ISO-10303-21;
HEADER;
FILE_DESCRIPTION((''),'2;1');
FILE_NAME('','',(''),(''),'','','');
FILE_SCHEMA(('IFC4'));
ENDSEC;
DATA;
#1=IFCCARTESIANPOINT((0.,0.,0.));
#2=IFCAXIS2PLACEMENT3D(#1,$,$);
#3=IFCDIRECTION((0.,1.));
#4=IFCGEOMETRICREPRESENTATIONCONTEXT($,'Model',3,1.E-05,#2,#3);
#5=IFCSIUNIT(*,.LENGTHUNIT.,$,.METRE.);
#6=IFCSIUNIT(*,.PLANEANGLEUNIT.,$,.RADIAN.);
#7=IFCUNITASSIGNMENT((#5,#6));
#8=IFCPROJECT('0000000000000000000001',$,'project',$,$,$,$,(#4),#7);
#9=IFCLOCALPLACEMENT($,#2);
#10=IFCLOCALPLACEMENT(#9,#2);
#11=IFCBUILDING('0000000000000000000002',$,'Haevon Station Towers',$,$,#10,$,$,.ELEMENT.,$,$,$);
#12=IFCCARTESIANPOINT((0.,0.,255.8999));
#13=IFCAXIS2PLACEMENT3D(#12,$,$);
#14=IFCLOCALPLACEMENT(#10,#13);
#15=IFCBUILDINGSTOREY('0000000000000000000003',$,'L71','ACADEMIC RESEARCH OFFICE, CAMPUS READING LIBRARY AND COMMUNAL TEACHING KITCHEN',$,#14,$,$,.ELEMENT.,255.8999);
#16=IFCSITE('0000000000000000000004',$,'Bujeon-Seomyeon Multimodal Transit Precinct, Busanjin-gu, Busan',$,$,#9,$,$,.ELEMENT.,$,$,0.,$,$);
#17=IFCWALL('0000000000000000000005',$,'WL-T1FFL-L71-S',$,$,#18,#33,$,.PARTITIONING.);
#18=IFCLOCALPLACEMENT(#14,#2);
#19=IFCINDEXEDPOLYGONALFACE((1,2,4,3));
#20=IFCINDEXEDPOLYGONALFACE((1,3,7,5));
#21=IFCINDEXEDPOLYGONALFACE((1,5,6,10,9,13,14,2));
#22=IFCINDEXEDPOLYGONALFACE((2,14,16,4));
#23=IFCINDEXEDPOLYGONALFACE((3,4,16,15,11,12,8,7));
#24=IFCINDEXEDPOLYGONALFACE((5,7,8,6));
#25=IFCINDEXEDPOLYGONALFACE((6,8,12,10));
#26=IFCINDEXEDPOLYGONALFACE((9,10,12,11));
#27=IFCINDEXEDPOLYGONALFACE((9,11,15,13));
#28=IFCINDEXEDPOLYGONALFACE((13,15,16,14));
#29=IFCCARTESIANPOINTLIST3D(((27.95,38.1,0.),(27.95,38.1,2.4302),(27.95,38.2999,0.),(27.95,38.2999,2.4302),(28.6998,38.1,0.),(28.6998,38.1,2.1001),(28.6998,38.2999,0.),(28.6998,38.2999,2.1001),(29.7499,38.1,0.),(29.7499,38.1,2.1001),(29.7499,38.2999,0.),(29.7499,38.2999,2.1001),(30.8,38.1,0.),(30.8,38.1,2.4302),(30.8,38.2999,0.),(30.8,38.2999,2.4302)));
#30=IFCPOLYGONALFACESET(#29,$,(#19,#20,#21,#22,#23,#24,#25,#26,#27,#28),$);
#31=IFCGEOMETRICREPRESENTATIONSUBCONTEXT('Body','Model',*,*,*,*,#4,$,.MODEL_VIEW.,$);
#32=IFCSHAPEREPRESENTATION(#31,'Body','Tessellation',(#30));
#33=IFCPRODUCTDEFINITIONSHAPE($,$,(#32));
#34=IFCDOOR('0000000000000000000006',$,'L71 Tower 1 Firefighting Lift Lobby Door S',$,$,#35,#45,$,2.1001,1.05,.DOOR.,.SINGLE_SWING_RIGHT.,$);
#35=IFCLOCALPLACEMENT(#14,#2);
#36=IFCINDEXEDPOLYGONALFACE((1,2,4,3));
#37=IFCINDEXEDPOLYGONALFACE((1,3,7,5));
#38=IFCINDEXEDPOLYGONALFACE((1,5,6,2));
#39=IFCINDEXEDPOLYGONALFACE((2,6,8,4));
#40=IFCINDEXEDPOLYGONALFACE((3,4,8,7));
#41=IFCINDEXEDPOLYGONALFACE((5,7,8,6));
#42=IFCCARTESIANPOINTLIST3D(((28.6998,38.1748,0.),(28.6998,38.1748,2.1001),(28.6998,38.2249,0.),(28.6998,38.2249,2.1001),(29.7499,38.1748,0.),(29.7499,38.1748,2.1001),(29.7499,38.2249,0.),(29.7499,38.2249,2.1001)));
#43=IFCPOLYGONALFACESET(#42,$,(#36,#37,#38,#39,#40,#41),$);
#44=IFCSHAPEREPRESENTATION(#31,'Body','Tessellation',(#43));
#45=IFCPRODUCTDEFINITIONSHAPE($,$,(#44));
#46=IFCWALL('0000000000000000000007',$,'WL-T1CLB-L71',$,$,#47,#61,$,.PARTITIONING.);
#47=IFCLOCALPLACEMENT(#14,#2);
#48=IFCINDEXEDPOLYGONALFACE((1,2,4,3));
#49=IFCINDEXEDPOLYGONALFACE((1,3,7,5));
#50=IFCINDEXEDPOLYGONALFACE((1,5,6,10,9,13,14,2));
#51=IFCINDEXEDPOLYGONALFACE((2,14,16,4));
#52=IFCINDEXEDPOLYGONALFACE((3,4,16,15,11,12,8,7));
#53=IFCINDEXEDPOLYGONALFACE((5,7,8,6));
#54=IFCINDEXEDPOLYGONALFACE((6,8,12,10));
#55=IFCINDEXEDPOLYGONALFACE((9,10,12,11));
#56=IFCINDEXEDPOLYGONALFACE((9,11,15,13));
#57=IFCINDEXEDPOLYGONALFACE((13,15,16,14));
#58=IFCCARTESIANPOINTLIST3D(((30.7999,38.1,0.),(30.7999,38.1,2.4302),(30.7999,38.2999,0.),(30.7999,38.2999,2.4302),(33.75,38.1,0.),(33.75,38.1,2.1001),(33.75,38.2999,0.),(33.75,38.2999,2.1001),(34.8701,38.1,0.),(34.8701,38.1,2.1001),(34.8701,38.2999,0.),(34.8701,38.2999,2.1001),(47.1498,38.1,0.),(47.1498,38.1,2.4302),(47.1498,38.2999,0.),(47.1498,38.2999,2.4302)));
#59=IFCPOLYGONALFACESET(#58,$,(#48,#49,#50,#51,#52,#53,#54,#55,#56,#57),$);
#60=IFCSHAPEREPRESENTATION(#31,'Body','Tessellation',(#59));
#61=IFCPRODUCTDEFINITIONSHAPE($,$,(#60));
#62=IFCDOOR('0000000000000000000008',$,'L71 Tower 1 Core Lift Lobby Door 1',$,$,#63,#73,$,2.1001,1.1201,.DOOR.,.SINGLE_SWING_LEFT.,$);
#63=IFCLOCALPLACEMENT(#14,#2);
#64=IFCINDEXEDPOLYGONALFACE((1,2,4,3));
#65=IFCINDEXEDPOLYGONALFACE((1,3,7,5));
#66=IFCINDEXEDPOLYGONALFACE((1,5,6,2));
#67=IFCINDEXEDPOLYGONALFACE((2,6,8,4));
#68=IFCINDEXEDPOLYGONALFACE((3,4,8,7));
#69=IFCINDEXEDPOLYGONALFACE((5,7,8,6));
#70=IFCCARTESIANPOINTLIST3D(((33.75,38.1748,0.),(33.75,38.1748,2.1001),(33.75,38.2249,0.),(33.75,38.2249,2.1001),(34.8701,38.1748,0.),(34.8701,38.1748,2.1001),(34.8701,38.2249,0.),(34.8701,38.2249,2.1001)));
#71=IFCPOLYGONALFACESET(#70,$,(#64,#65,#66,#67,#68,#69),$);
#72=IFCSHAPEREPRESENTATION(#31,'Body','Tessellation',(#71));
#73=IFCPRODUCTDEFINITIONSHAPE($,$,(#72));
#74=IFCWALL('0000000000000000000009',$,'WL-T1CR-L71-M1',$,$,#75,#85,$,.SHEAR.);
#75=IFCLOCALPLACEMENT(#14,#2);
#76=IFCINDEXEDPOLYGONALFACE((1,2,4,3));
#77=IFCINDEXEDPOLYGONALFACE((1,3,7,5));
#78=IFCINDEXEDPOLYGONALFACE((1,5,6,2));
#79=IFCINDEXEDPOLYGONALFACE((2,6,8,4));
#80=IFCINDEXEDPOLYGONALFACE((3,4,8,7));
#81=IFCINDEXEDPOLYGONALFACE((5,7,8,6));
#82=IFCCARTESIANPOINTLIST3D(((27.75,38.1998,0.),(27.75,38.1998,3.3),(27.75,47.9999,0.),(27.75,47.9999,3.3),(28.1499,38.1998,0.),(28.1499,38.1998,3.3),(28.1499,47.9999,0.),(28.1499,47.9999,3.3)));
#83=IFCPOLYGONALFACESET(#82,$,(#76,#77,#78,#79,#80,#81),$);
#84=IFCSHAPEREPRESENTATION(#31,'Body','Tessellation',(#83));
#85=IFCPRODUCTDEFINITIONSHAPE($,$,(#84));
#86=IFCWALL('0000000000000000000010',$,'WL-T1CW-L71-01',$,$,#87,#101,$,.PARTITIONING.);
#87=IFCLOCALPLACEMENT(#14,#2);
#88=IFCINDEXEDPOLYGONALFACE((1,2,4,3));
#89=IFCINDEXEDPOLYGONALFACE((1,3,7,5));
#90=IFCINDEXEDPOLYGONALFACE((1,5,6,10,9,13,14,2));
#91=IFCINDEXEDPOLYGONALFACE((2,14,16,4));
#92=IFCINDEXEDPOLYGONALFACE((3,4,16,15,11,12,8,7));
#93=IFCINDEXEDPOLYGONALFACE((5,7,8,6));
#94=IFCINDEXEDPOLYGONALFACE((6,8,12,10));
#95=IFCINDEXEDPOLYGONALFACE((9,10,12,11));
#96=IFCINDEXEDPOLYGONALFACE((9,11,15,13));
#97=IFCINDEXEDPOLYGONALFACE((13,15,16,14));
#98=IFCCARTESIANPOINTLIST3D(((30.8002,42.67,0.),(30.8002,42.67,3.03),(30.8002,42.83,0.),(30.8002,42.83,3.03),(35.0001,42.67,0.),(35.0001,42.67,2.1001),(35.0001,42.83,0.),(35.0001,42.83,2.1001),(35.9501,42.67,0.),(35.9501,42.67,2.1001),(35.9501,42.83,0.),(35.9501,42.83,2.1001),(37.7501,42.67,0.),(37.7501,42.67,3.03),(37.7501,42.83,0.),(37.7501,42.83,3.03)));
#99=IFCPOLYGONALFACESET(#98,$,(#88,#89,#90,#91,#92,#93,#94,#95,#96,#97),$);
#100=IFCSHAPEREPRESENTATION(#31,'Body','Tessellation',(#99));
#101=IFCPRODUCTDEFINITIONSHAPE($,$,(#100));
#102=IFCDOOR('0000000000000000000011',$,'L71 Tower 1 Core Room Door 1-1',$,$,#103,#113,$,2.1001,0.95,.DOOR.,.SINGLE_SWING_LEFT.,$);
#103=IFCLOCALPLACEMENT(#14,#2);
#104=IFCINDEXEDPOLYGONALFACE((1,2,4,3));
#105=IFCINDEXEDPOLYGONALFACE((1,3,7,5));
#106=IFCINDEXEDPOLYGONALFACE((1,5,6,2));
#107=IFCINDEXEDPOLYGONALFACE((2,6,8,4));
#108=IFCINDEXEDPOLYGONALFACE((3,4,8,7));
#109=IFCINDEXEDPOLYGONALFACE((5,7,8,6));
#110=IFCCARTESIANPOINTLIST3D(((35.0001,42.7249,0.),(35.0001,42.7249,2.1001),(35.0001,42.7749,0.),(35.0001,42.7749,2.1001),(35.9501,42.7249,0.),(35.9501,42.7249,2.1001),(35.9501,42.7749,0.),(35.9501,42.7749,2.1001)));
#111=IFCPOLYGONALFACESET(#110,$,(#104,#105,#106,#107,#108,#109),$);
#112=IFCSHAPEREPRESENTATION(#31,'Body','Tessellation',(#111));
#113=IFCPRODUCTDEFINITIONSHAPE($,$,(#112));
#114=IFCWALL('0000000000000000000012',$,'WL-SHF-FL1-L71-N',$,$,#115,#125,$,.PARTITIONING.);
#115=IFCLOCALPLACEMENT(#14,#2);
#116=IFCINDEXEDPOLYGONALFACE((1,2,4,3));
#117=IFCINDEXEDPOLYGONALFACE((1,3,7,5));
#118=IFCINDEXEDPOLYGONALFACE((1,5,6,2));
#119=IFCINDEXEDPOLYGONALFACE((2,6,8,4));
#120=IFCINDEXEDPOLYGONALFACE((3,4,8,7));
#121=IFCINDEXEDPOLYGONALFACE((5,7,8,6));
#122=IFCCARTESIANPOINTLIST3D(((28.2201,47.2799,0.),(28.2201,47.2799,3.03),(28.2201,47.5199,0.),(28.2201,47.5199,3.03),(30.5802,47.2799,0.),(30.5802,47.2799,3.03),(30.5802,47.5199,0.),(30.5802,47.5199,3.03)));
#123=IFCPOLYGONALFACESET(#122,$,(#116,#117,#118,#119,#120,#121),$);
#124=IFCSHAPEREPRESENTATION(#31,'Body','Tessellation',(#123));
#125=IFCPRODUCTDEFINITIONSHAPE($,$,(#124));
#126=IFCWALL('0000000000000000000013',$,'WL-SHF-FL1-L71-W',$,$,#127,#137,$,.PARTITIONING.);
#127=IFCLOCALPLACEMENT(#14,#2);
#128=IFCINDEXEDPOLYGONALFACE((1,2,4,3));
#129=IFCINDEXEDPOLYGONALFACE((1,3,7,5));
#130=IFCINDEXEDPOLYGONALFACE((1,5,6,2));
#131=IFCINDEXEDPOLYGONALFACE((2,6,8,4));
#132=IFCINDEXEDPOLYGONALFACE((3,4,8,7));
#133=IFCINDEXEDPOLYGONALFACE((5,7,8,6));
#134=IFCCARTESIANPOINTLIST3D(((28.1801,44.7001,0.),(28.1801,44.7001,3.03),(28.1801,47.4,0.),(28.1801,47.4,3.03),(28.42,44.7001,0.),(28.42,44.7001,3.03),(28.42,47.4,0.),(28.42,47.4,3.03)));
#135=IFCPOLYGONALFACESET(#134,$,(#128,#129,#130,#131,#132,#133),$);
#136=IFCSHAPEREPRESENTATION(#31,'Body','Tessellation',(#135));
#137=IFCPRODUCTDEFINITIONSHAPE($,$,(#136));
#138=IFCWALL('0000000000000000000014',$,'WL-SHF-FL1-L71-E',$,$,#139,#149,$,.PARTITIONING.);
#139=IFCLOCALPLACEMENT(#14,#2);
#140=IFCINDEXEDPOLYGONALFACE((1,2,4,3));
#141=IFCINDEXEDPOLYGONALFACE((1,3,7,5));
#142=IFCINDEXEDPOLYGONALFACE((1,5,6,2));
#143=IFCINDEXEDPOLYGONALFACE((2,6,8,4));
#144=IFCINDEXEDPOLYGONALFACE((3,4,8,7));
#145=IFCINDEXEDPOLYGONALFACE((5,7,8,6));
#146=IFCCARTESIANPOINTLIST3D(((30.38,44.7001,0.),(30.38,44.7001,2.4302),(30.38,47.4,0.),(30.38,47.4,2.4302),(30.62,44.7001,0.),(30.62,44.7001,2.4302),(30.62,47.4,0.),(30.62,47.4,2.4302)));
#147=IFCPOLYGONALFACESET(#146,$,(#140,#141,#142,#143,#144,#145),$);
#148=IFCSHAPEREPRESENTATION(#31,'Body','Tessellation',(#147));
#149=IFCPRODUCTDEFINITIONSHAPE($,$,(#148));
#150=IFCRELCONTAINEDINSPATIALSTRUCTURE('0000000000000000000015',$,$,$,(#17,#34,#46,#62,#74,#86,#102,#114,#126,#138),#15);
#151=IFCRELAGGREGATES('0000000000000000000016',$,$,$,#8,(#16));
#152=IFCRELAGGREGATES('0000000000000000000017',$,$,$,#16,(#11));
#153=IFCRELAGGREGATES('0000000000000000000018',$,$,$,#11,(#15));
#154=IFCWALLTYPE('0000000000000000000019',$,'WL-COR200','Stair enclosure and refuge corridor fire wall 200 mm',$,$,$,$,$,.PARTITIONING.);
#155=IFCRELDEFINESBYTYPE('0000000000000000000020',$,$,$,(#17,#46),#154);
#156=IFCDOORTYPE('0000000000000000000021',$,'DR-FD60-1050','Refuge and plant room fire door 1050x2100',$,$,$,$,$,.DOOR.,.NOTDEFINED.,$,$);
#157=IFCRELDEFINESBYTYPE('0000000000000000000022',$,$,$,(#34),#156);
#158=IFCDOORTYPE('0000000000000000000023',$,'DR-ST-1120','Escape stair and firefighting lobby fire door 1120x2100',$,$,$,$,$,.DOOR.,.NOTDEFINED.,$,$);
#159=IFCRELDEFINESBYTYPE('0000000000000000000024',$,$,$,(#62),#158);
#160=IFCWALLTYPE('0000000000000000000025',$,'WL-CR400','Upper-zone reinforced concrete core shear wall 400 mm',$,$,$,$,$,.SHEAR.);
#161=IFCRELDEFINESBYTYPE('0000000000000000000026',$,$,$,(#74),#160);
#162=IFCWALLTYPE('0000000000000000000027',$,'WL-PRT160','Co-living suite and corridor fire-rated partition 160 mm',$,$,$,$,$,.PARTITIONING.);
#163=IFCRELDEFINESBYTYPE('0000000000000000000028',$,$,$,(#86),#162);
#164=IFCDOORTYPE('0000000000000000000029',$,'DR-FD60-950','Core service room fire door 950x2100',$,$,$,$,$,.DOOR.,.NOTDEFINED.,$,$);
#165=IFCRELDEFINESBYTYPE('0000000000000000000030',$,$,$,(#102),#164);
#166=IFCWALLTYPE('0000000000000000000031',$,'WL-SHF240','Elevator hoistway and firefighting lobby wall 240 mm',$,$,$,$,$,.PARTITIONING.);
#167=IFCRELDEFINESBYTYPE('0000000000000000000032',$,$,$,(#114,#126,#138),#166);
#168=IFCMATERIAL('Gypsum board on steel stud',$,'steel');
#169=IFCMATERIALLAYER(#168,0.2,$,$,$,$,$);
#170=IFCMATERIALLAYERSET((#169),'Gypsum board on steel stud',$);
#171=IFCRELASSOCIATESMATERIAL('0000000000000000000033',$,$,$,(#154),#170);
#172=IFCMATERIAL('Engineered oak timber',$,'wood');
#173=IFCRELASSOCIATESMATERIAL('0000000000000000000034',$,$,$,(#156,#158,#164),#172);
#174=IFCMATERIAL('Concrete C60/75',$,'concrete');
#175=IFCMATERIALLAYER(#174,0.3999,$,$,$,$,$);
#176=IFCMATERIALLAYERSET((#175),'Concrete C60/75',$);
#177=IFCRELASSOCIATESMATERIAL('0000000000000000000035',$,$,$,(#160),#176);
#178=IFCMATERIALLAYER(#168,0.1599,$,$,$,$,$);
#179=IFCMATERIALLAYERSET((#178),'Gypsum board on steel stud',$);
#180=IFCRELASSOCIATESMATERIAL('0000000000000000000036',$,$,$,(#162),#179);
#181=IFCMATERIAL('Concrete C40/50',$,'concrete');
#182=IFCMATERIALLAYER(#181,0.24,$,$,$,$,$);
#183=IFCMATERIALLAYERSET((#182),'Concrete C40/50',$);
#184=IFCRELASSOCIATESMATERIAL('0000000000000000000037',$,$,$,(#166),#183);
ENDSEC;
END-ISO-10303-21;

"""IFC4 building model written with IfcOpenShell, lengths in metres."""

from ifc_helpers import new_model, si_unit, direction, frame, frame_2d, origin, place, context, subcontext, project, spatial, rectangle, extrude, material, layer, layer_set, type_object, element, fill, save


model = new_model("IFC4")

# Units and contexts
model_context = context("Model", 3, precision=1e-05, world=origin(), true_north=direction((0.0, 1.0)))
body_context = subcontext(model_context, "Body", "Model", "MODEL_VIEW")
ifc_project = project(units=[si_unit("LENGTHUNIT", "METRE"), si_unit("PLANEANGLEUNIT", "RADIAN")], contexts=[model_context])

# Site, building, storey
site_placement = place(None, origin())
site = spatial("IfcSite", under=ifc_project, at=site_placement, Name="Bujeon-Seomyeon Multimodal Transit Precinct, Busanjin-gu, Busan", CompositionType="ELEMENT", RefElevation=0.0)
building_placement = place(site_placement, origin())
building = spatial("IfcBuilding", under=site, at=building_placement, Name="Haevon Station Towers", CompositionType="ELEMENT")
storey_placement = place(building_placement, frame((0.0, 0.0, 255.8999)))
storey = spatial("IfcBuildingStorey", under=building, at=storey_placement, Name="L71", Description="ACADEMIC RESEARCH OFFICE, CAMPUS READING LIBRARY AND COMMUNAL TEACHING KITCHEN", CompositionType="ELEMENT", Elevation=255.8999)

# Walls, openings, doors
ifc_material_1 = material(Name="Gypsum board on steel stud", Category="steel")
ifc_layer_1 = layer(ifc_material_1, 0.2)
ifc_layer_set_1 = layer_set([ifc_layer_1], Name="Gypsum board on steel stud")
wall_type_1 = type_object("IfcWallType", Name="WL-COR200", Description="Stair enclosure and refuge corridor fire wall 200 mm", PredefinedType="PARTITIONING", material=ifc_layer_set_1)
ifc_material_2 = material(Name="Engineered oak timber", Category="wood")
door_type_1 = type_object("IfcDoorType", Name="DR-FD60-1050", Description="Refuge and plant room fire door 1050x2100", OperationType="NOTDEFINED", PredefinedType="DOOR", material=ifc_material_2)
wall_1_placement = place(storey_placement, frame((27.95, 38.2, 0.0), z_axis=(0.0, 0.0, 1.0), x_axis=(1.0, 0.0, 0.0)))
wall_1 = element("IfcWall", 1, at=wall_1_placement, inside=storey, type_object=wall_type_1, Name="WL-T1FFL-L71-S", PredefinedType="PARTITIONING", context=body_context, shape_type="SweptSolid", body=[
    extrude(rectangle(XDim=2.8501, YDim=0.2, at=frame_2d((1.425, 0.0))), origin(), (0.0, 0.0, 1.0), 2.4302),
])
opening_1_placement = place(wall_1_placement, frame((0.75, 0.0, 0.0)))
opening_1 = element("IfcOpeningElement", 2, at=opening_1_placement, cuts=wall_1, PredefinedType="OPENING", context=body_context, shape_type="SweptSolid", body=[
    extrude(rectangle(XDim=1.05, YDim=2.1001, at=frame_2d((0.5249, 1.05))), frame((0.0, 0.1099, 0.0), z_axis=(0.0, -1.0, 0.0), x_axis=(1.0, 0.0, 0.0)), (0.0, 0.0, 1.0), 0.22),
])
door_1_placement = place(opening_1_placement, origin())
door_1 = element("IfcDoor", 3, at=door_1_placement, inside=storey, type_object=door_type_1, Name="L71 Tower 1 Firefighting Lift Lobby Door S", OperationType="SINGLE_SWING_RIGHT", OverallHeight=2.1001, OverallWidth=1.05, PredefinedType="DOOR", context=body_context, shape_type="SweptSolid", body=[
    extrude(rectangle(XDim=1.05, YDim=2.1001, at=frame_2d((0.5249, 1.05))), frame((0.0, 0.0249, 0.0), z_axis=(0.0, -1.0, 0.0), x_axis=(1.0, 0.0, 0.0)), (0.0, 0.0, 1.0), 0.05),
])
fill(opening_1, door_1)
wall_2_placement = place(storey_placement, frame((30.8, 38.2, 0.0), z_axis=(0.0, 0.0, 1.0), x_axis=(1.0, 0.0, 0.0)))
wall_2 = element("IfcWall", 4, at=wall_2_placement, inside=storey, type_object=wall_type_1, Name="WL-T1CLB-L71", PredefinedType="PARTITIONING", context=body_context, shape_type="SweptSolid", body=[
    extrude(rectangle(XDim=16.3499, YDim=0.2, at=frame_2d((8.1748, 0.0))), origin(), (0.0, 0.0, 1.0), 2.4302),
])
opening_2_placement = place(wall_2_placement, frame((2.95, 0.0, 0.0)))
opening_2 = element("IfcOpeningElement", 5, at=opening_2_placement, cuts=wall_2, PredefinedType="OPENING", context=body_context, shape_type="SweptSolid", body=[
    extrude(rectangle(XDim=1.1201, YDim=2.1001, at=frame_2d((0.5601, 1.05))), frame((0.0, 0.1099, 0.0), z_axis=(0.0, -1.0, 0.0), x_axis=(1.0, 0.0, 0.0)), (0.0, 0.0, 1.0), 0.22),
])
door_type_2 = type_object("IfcDoorType", Name="DR-ST-1120", Description="Escape stair and firefighting lobby fire door 1120x2100", OperationType="NOTDEFINED", PredefinedType="DOOR", material=ifc_material_2)
door_2_placement = place(opening_2_placement, origin())
door_2 = element("IfcDoor", 6, at=door_2_placement, inside=storey, type_object=door_type_2, Name="L71 Tower 1 Core Lift Lobby Door 1", OperationType="SINGLE_SWING_LEFT", OverallHeight=2.1001, OverallWidth=1.1201, PredefinedType="DOOR", context=body_context, shape_type="SweptSolid", body=[
    extrude(rectangle(XDim=1.1201, YDim=2.1001, at=frame_2d((0.5601, 1.05))), frame((0.0, 0.0249, 0.0), z_axis=(0.0, -1.0, 0.0), x_axis=(1.0, 0.0, 0.0)), (0.0, 0.0, 1.0), 0.05),
])
fill(opening_2, door_2)

# Wall
ifc_material_3 = material(Name="Concrete C60/75", Category="concrete")
ifc_layer_2 = layer(ifc_material_3, 0.3999)
ifc_layer_set_2 = layer_set([ifc_layer_2], Name="Concrete C60/75")
wall_type_2 = type_object("IfcWallType", Name="WL-CR400", Description="Upper-zone reinforced concrete core shear wall 400 mm", PredefinedType="SHEAR", material=ifc_layer_set_2)
wall_3_placement = place(storey_placement, frame((27.95, 38.2, 0.0), z_axis=(0.0, 0.0, 1.0), x_axis=(0.0, 1.0, 0.0)))
element("IfcWall", 7, at=wall_3_placement, inside=storey, type_object=wall_type_2, Name="WL-T1CR-L71-M1", PredefinedType="SHEAR", context=body_context, shape_type="SweptSolid", body=[
    extrude(rectangle(XDim=9.8, YDim=0.3999, at=frame_2d((4.8999, 0.0))), origin(), (0.0, 0.0, 1.0), 3.3),
])

# Wall, opening, door
ifc_layer_3 = layer(ifc_material_1, 0.1599)
ifc_layer_set_3 = layer_set([ifc_layer_3], Name="Gypsum board on steel stud")
wall_type_3 = type_object("IfcWallType", Name="WL-PRT160", Description="Co-living suite and corridor fire-rated partition 160 mm", PredefinedType="PARTITIONING", material=ifc_layer_set_3)
wall_4_placement = place(storey_placement, frame((30.8, 42.75, 0.0), z_axis=(0.0, 0.0, 1.0), x_axis=(1.0, 0.0, 0.0)))
wall_4 = element("IfcWall", 8, at=wall_4_placement, inside=storey, type_object=wall_type_3, Name="WL-T1CW-L71-01", PredefinedType="PARTITIONING", context=body_context, shape_type="SweptSolid", body=[
    extrude(rectangle(XDim=6.95, YDim=0.1599, at=frame_2d((3.4751, 0.0))), origin(), (0.0, 0.0, 1.0), 3.03),
])
opening_3_placement = place(wall_4_placement, frame((4.2, 0.0, 0.0)))
opening_3 = element("IfcOpeningElement", 9, at=opening_3_placement, cuts=wall_4, PredefinedType="OPENING", context=body_context, shape_type="SweptSolid", body=[
    extrude(rectangle(XDim=0.95, YDim=2.1001, at=frame_2d((0.4751, 1.05))), frame((0.0, 0.0898, 0.0), z_axis=(0.0, -1.0, 0.0), x_axis=(1.0, 0.0, 0.0)), (0.0, 0.0, 1.0), 0.1799),
])
door_type_3 = type_object("IfcDoorType", Name="DR-FD60-950", Description="Core service room fire door 950x2100", OperationType="NOTDEFINED", PredefinedType="DOOR", material=ifc_material_2)
door_3_placement = place(opening_3_placement, origin())
door_3 = element("IfcDoor", 10, at=door_3_placement, inside=storey, type_object=door_type_3, Name="L71 Tower 1 Core Room Door 1-1", OperationType="SINGLE_SWING_LEFT", OverallHeight=2.1001, OverallWidth=0.95, PredefinedType="DOOR", context=body_context, shape_type="SweptSolid", body=[
    extrude(rectangle(XDim=0.95, YDim=2.1001, at=frame_2d((0.4751, 1.05))), frame((0.0, 0.0249, 0.0), z_axis=(0.0, -1.0, 0.0), x_axis=(1.0, 0.0, 0.0)), (0.0, 0.0, 1.0), 0.05),
])
fill(opening_3, door_3)
ifc_material_4 = material(Name="Concrete C40/50", Category="concrete")
ifc_layer_4 = layer(ifc_material_4, 0.24)
ifc_layer_set_4 = layer_set([ifc_layer_4], Name="Concrete C40/50")
wall_type_4 = type_object("IfcWallType", Name="WL-SHF240", Description="Elevator hoistway and firefighting lobby wall 240 mm", PredefinedType="PARTITIONING", material=ifc_layer_set_4)

# Walls
wall_5_placement = place(storey_placement, frame((28.22, 47.3999, 0.0), z_axis=(0.0, 0.0, 1.0), x_axis=(1.0, 0.0, 0.0)))
element("IfcWall", 11, at=wall_5_placement, inside=storey, type_object=wall_type_4, Name="WL-SHF-FL1-L71-N", PredefinedType="PARTITIONING", context=body_context, shape_type="SweptSolid", body=[
    extrude(rectangle(XDim=2.3601, YDim=0.24, at=frame_2d((1.1802, 0.0))), origin(), (0.0, 0.0, 1.0), 3.03),
])
wall_6_placement = place(storey_placement, frame((28.3, 44.7, 0.0), z_axis=(0.0, 0.0, 1.0), x_axis=(0.0, 1.0, 0.0)))
element("IfcWall", 12, at=wall_6_placement, inside=storey, type_object=wall_type_4, Name="WL-SHF-FL1-L71-W", PredefinedType="PARTITIONING", context=body_context, shape_type="SweptSolid", body=[
    extrude(rectangle(XDim=2.7, YDim=0.24, at=frame_2d((1.3501, 0.0))), origin(), (0.0, 0.0, 1.0), 3.03),
])
wall_7_placement = place(storey_placement, frame((30.5, 44.7, 0.0), z_axis=(0.0, 0.0, 1.0), x_axis=(0.0, 1.0, 0.0)))
element("IfcWall", 13, at=wall_7_placement, inside=storey, type_object=wall_type_4, Name="WL-SHF-FL1-L71-E", PredefinedType="PARTITIONING", context=body_context, shape_type="SweptSolid", body=[
    extrude(rectangle(XDim=2.7, YDim=0.24, at=frame_2d((1.3501, 0.0))), origin(), (0.0, 0.0, 1.0), 2.4302),
])

save(model, "model.ifc")
